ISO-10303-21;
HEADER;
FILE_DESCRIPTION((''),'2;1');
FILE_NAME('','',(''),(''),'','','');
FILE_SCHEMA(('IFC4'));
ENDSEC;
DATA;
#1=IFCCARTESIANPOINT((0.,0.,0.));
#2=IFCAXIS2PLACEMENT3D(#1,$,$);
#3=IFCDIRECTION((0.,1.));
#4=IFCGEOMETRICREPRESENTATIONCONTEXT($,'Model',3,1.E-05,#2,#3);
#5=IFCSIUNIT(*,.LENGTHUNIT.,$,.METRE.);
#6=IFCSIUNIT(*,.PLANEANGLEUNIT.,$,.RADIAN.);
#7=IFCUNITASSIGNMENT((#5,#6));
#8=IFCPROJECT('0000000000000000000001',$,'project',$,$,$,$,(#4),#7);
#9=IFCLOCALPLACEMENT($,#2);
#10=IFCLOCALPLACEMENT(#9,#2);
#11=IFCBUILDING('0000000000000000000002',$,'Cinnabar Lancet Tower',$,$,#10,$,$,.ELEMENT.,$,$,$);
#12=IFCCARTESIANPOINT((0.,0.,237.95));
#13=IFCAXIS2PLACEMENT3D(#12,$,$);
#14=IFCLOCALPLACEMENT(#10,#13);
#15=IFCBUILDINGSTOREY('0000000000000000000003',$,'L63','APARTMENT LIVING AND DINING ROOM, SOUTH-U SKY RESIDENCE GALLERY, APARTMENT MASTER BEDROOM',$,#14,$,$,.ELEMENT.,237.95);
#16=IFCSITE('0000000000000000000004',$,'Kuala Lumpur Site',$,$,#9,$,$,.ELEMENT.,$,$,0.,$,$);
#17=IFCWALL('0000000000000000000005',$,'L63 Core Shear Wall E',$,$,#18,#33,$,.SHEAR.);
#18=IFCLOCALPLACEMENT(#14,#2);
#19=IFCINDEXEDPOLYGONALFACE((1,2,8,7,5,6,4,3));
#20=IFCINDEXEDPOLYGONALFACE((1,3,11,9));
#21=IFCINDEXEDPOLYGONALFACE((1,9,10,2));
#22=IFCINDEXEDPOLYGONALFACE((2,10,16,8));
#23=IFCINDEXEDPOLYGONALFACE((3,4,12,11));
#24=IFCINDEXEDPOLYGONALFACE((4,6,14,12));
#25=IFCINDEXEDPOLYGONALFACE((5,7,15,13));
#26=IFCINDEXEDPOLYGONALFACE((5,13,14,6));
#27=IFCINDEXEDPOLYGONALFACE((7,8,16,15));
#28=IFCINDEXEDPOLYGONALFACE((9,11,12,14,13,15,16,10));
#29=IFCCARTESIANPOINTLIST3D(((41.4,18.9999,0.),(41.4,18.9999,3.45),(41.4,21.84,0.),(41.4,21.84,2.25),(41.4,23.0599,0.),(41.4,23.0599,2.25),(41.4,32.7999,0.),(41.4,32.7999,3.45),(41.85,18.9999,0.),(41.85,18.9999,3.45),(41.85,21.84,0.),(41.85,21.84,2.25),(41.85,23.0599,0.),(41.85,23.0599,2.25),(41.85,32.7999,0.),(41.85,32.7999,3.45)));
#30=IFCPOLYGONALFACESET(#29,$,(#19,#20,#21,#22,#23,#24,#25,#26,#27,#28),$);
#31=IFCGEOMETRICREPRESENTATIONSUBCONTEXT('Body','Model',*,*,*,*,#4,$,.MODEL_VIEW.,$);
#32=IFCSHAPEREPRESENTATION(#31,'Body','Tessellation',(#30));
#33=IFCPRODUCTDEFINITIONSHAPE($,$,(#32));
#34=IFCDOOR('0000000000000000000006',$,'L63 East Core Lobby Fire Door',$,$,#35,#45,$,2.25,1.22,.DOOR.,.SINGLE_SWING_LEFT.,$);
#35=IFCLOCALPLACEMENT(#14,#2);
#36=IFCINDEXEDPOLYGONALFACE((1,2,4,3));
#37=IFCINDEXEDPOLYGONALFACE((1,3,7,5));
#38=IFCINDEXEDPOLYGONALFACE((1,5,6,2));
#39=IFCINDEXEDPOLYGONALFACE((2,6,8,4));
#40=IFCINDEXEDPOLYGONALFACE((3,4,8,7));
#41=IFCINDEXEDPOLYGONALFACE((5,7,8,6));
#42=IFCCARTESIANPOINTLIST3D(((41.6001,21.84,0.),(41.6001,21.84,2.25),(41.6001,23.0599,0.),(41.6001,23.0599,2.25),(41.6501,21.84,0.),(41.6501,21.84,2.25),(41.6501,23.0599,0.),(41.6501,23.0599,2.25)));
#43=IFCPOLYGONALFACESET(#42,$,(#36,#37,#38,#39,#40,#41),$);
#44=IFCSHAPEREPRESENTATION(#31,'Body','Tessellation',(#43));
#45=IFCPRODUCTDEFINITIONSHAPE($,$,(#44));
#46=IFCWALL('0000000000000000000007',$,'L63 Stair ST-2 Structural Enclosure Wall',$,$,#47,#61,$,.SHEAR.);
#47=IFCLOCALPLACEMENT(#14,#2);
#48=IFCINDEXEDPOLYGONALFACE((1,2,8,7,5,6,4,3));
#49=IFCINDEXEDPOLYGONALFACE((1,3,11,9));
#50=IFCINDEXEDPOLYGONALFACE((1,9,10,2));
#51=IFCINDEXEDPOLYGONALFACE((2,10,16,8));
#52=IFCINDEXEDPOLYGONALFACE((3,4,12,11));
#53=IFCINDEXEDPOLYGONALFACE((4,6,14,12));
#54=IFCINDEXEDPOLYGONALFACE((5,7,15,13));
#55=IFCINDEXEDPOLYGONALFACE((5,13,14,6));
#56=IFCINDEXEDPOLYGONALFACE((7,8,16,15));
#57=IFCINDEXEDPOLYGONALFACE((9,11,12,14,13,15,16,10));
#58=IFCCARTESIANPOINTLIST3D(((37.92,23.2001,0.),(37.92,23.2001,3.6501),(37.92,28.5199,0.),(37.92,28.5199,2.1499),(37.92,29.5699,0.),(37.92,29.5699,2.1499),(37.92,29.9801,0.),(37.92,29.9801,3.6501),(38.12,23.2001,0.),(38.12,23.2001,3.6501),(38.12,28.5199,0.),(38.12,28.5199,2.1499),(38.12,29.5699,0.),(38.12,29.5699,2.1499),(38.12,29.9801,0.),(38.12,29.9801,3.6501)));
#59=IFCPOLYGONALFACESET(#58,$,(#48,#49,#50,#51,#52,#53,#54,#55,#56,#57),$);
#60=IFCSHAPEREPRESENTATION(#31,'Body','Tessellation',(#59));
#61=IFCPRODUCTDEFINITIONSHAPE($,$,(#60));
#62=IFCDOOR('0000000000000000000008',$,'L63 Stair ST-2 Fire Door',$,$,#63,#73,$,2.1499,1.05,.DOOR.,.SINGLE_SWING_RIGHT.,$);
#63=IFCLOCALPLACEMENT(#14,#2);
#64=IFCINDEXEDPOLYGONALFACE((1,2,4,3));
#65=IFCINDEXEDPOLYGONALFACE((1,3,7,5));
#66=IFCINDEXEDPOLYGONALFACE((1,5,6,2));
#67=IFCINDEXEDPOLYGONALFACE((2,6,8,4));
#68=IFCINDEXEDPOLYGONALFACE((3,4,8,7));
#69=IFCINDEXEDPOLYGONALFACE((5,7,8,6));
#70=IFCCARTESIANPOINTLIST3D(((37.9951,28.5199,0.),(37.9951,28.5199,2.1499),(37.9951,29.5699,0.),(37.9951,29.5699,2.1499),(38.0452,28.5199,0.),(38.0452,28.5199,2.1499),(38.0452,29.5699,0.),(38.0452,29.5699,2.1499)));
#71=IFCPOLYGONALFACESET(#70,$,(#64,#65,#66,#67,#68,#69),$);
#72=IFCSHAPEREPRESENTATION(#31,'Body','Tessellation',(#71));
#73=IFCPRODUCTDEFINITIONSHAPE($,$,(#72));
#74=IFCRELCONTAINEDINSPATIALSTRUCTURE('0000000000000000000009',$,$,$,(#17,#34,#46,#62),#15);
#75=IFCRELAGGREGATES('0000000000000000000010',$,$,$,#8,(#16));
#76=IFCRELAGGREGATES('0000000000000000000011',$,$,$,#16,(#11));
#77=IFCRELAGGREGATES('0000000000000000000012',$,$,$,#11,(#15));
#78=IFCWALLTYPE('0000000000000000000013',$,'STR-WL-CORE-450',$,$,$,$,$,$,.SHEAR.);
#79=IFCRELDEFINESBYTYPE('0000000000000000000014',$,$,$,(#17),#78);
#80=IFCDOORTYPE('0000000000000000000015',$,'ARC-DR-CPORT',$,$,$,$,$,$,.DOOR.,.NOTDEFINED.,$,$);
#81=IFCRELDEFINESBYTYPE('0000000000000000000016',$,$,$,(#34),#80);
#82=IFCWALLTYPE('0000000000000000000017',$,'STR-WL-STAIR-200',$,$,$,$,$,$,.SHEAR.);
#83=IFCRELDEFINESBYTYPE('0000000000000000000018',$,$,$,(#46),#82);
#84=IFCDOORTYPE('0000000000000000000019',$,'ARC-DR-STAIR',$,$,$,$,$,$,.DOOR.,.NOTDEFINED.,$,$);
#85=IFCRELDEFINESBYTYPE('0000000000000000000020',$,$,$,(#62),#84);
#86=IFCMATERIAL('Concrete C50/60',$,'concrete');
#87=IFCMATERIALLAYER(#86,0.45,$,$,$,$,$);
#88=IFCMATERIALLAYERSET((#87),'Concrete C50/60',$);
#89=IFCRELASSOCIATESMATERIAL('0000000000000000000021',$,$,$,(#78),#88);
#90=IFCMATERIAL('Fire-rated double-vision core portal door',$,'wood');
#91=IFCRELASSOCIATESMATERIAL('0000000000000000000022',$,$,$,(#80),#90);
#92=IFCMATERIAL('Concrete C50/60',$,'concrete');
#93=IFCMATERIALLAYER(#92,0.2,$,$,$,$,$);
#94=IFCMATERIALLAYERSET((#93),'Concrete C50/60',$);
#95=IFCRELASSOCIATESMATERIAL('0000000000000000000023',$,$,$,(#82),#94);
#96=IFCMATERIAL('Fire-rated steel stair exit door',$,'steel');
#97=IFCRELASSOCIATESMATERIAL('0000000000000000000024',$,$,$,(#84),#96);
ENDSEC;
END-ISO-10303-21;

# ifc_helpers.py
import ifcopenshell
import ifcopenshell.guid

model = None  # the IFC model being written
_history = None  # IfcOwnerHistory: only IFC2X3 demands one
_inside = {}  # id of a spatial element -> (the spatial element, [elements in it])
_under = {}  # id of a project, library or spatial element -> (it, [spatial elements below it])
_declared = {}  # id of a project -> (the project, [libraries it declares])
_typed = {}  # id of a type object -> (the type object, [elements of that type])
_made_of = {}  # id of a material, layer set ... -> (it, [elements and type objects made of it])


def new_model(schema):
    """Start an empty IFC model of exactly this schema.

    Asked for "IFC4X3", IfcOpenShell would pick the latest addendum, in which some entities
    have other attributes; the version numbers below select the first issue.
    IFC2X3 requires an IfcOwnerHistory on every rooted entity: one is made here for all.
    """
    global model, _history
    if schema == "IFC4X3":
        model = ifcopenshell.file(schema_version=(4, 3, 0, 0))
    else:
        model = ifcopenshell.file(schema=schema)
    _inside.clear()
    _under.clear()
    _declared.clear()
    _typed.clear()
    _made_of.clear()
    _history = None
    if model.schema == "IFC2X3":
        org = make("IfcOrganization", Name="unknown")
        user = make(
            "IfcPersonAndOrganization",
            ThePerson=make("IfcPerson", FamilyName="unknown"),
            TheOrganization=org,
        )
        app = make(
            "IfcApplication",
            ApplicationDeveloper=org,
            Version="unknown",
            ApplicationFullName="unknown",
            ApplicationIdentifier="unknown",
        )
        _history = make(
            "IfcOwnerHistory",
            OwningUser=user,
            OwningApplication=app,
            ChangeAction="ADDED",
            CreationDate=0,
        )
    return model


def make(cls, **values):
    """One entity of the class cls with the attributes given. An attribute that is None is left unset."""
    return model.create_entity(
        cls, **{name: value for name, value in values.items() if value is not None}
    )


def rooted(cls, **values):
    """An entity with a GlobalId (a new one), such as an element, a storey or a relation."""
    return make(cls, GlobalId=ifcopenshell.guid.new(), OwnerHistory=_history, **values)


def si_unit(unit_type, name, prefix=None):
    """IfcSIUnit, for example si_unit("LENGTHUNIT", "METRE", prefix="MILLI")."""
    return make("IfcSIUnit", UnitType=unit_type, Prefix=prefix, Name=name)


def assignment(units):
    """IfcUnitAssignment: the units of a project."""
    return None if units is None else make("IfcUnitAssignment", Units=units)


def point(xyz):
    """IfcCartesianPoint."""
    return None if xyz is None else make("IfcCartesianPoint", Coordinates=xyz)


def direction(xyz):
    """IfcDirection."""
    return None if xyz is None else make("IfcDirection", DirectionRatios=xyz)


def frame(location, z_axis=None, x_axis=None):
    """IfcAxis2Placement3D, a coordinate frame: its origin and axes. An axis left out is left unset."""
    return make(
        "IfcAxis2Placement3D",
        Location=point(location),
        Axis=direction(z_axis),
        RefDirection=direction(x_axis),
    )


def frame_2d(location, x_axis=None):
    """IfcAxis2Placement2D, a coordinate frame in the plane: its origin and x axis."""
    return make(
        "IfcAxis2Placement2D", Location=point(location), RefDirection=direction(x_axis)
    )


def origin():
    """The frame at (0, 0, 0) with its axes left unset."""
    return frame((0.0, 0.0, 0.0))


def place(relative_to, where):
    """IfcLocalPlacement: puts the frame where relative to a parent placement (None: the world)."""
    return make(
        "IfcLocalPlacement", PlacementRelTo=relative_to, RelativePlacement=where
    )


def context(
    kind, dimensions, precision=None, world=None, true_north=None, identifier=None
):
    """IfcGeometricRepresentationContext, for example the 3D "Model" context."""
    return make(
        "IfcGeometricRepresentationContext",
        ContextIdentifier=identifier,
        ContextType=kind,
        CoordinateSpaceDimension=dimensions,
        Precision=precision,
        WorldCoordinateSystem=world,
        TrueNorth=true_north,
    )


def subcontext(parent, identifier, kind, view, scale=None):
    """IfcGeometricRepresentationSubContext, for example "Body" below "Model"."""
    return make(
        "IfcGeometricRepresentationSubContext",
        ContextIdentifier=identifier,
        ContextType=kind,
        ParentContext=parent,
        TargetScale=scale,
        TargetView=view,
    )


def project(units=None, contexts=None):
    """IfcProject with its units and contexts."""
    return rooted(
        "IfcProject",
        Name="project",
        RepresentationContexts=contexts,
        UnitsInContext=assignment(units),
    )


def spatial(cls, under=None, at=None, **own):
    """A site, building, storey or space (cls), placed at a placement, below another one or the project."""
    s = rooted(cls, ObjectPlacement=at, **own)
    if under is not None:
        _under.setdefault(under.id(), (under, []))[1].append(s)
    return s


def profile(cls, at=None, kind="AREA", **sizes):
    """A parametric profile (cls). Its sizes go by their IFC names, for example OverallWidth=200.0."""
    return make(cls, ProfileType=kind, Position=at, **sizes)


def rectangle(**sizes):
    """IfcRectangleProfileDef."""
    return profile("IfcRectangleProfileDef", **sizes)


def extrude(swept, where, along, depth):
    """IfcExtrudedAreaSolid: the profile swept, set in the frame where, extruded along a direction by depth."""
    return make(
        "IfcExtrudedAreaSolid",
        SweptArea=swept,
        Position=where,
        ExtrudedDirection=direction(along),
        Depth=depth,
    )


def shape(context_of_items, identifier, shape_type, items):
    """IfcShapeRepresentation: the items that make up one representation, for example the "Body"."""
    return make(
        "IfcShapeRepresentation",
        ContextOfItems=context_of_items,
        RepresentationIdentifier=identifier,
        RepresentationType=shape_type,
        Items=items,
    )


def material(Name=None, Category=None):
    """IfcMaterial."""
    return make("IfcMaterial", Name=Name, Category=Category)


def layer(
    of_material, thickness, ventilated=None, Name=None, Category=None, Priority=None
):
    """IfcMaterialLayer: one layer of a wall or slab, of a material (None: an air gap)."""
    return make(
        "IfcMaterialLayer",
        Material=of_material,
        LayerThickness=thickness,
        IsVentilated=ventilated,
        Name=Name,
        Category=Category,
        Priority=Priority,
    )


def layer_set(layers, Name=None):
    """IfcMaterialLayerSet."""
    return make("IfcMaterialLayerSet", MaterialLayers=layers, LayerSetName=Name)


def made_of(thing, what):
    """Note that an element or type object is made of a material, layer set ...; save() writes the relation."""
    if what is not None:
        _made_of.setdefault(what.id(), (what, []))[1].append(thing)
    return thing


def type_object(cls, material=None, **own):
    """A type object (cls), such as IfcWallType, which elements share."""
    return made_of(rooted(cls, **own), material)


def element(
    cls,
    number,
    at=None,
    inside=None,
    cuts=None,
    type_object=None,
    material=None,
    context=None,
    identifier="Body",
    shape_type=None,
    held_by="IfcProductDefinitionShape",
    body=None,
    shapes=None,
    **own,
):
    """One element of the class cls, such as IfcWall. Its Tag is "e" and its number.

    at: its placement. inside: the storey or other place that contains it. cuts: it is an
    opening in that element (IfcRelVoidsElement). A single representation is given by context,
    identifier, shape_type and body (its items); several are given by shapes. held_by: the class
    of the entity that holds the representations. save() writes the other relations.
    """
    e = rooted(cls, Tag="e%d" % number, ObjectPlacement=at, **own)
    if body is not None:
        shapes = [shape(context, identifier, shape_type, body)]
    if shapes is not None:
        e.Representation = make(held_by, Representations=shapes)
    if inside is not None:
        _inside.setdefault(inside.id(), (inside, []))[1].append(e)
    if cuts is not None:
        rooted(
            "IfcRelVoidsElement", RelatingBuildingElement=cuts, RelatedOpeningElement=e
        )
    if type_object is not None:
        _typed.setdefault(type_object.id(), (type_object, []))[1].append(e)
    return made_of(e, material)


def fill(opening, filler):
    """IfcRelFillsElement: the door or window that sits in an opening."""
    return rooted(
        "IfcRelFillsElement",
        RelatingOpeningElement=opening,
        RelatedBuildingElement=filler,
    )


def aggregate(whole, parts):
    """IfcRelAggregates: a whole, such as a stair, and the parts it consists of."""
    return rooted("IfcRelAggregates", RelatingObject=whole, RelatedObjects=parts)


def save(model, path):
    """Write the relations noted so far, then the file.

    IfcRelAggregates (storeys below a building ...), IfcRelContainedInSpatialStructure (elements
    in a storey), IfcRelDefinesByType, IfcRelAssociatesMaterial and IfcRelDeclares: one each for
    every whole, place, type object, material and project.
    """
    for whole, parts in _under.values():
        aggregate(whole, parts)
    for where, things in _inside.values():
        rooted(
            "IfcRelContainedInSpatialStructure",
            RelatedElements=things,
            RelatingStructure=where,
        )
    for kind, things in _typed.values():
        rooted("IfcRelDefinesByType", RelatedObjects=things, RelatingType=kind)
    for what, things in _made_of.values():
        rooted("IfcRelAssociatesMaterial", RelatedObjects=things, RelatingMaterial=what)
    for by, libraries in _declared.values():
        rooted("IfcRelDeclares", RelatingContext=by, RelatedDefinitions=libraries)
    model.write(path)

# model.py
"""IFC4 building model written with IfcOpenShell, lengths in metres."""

from ifc_helpers import new_model, si_unit, direction, frame, frame_2d, origin, place, context, subcontext, project, spatial, rectangle, extrude, material, layer, layer_set, type_object, element, fill, save


model = new_model("IFC4")

# Units and contexts
model_context = context("Model", 3, precision=1e-05, world=origin(), true_north=direction((0.0, 1.0)))
body_context = subcontext(model_context, "Body", "Model", "MODEL_VIEW")
ifc_project = project(units=[si_unit("LENGTHUNIT", "METRE"), si_unit("PLANEANGLEUNIT", "RADIAN")], contexts=[model_context])

# Site, building, storey
site_placement = place(None, origin())
site = spatial("IfcSite", under=ifc_project, at=site_placement, Name="Kuala Lumpur Site", CompositionType="ELEMENT", RefElevation=0.0)
building_placement = place(site_placement, origin())
building = spatial("IfcBuilding", under=site, at=building_placement, Name="Cinnabar Lancet Tower", CompositionType="ELEMENT")
storey_placement = place(building_placement, frame((0.0, 0.0, 237.95)))
storey = spatial("IfcBuildingStorey", under=building, at=storey_placement, Name="L63", Description="APARTMENT LIVING AND DINING ROOM, SOUTH-U SKY RESIDENCE GALLERY, APARTMENT MASTER BEDROOM", CompositionType="ELEMENT", Elevation=237.95)

# Walls, openings, doors
ifc_material_1 = material(Name="Concrete C50/60", Category="concrete")
ifc_layer_1 = layer(ifc_material_1, 0.45)
ifc_layer_set_1 = layer_set([ifc_layer_1], Name="Concrete C50/60")
wall_type_1 = type_object("IfcWallType", Name="STR-WL-CORE-450", PredefinedType="SHEAR", material=ifc_layer_set_1)
wall_1_placement = place(storey_placement, frame((41.625, 19.0, 0.0), z_axis=(0.0, 0.0, 1.0), x_axis=(0.0, 1.0, 0.0)))
wall_1 = element("IfcWall", 1, at=wall_1_placement, inside=storey, type_object=wall_type_1, Name="L63 Core Shear Wall E", PredefinedType="SHEAR", context=body_context, shape_type="SweptSolid", body=[
    extrude(rectangle(XDim=13.8, YDim=0.45, at=frame_2d((6.8999, 0.0))), origin(), (0.0, 0.0, 1.0), 3.45),
])
opening_1_placement = place(wall_1_placement, frame((2.8401, 0.0, 0.0)))
opening_1 = element("IfcOpeningElement", 2, at=opening_1_placement, cuts=wall_1, PredefinedType="OPENING", context=body_context, shape_type="SweptSolid", body=[
    extrude(rectangle(XDim=1.22, YDim=2.25, at=frame_2d((0.6099, 1.125))), frame((0.0, 0.2349, 0.0), z_axis=(0.0, -1.0, 0.0), x_axis=(1.0, 0.0, 0.0)), (0.0, 0.0, 1.0), 0.47),
])
ifc_material_2 = material(Name="Fire-rated double-vision core portal door", Category="wood")
door_type_1 = type_object("IfcDoorType", Name="ARC-DR-CPORT", OperationType="NOTDEFINED", PredefinedType="DOOR", material=ifc_material_2)
door_1_placement = place(opening_1_placement, origin())
door_1 = element("IfcDoor", 3, at=door_1_placement, inside=storey, type_object=door_type_1, Name="L63 East Core Lobby Fire Door", OperationType="SINGLE_SWING_LEFT", OverallHeight=2.25, OverallWidth=1.22, PredefinedType="DOOR", context=body_context, shape_type="SweptSolid", body=[
    extrude(rectangle(XDim=1.22, YDim=2.25, at=frame_2d((0.6099, 1.125))), frame((0.0, 0.0249, 0.0), z_axis=(0.0, -1.0, 0.0), x_axis=(1.0, 0.0, 0.0)), (0.0, 0.0, 1.0), 0.05),
])
fill(opening_1, door_1)
ifc_material_3 = material(Name="Concrete C50/60", Category="concrete")
ifc_layer_2 = layer(ifc_material_3, 0.2)
ifc_layer_set_2 = layer_set([ifc_layer_2], Name="Concrete C50/60")
wall_type_2 = type_object("IfcWallType", Name="STR-WL-STAIR-200", PredefinedType="SHEAR", material=ifc_layer_set_2)
wall_2_placement = place(storey_placement, frame((38.02, 23.2, 0.0), z_axis=(0.0, 0.0, 1.0), x_axis=(0.0, 1.0, 0.0)))
wall_2 = element("IfcWall", 4, at=wall_2_placement, inside=storey, type_object=wall_type_2, Name="L63 Stair ST-2 Structural Enclosure Wall", PredefinedType="SHEAR", context=body_context, shape_type="SweptSolid", body=[
    extrude(rectangle(XDim=6.78, YDim=0.2, at=frame_2d((3.3901, 0.0))), origin(), (0.0, 0.0, 1.0), 3.6501),
])
opening_2_placement = place(wall_2_placement, frame((5.3201, 0.0, 0.0)))
opening_2 = element("IfcOpeningElement", 5, at=opening_2_placement, cuts=wall_2, PredefinedType="OPENING", context=body_context, shape_type="SweptSolid", body=[
    extrude(rectangle(XDim=1.05, YDim=2.1499, at=frame_2d((0.5249, 1.075))), frame((0.0, 0.1099, 0.0), z_axis=(0.0, -1.0, 0.0), x_axis=(1.0, 0.0, 0.0)), (0.0, 0.0, 1.0), 0.22),
])
ifc_material_4 = material(Name="Fire-rated steel stair exit door", Category="steel")
door_type_2 = type_object("IfcDoorType", Name="ARC-DR-STAIR", OperationType="NOTDEFINED", PredefinedType="DOOR", material=ifc_material_4)
door_2_placement = place(opening_2_placement, origin())
door_2 = element("IfcDoor", 6, at=door_2_placement, inside=storey, type_object=door_type_2, Name="L63 Stair ST-2 Fire Door", OperationType="SINGLE_SWING_RIGHT", OverallHeight=2.1499, OverallWidth=1.05, PredefinedType="DOOR", context=body_context, shape_type="SweptSolid", body=[
    extrude(rectangle(XDim=1.05, YDim=2.1499, at=frame_2d((0.5249, 1.075))), frame((0.0, 0.0249, 0.0), z_axis=(0.0, -1.0, 0.0), x_axis=(1.0, 0.0, 0.0)), (0.0, 0.0, 1.0), 0.05),
])
fill(opening_2, door_2)

save(model, "model.ifc")
